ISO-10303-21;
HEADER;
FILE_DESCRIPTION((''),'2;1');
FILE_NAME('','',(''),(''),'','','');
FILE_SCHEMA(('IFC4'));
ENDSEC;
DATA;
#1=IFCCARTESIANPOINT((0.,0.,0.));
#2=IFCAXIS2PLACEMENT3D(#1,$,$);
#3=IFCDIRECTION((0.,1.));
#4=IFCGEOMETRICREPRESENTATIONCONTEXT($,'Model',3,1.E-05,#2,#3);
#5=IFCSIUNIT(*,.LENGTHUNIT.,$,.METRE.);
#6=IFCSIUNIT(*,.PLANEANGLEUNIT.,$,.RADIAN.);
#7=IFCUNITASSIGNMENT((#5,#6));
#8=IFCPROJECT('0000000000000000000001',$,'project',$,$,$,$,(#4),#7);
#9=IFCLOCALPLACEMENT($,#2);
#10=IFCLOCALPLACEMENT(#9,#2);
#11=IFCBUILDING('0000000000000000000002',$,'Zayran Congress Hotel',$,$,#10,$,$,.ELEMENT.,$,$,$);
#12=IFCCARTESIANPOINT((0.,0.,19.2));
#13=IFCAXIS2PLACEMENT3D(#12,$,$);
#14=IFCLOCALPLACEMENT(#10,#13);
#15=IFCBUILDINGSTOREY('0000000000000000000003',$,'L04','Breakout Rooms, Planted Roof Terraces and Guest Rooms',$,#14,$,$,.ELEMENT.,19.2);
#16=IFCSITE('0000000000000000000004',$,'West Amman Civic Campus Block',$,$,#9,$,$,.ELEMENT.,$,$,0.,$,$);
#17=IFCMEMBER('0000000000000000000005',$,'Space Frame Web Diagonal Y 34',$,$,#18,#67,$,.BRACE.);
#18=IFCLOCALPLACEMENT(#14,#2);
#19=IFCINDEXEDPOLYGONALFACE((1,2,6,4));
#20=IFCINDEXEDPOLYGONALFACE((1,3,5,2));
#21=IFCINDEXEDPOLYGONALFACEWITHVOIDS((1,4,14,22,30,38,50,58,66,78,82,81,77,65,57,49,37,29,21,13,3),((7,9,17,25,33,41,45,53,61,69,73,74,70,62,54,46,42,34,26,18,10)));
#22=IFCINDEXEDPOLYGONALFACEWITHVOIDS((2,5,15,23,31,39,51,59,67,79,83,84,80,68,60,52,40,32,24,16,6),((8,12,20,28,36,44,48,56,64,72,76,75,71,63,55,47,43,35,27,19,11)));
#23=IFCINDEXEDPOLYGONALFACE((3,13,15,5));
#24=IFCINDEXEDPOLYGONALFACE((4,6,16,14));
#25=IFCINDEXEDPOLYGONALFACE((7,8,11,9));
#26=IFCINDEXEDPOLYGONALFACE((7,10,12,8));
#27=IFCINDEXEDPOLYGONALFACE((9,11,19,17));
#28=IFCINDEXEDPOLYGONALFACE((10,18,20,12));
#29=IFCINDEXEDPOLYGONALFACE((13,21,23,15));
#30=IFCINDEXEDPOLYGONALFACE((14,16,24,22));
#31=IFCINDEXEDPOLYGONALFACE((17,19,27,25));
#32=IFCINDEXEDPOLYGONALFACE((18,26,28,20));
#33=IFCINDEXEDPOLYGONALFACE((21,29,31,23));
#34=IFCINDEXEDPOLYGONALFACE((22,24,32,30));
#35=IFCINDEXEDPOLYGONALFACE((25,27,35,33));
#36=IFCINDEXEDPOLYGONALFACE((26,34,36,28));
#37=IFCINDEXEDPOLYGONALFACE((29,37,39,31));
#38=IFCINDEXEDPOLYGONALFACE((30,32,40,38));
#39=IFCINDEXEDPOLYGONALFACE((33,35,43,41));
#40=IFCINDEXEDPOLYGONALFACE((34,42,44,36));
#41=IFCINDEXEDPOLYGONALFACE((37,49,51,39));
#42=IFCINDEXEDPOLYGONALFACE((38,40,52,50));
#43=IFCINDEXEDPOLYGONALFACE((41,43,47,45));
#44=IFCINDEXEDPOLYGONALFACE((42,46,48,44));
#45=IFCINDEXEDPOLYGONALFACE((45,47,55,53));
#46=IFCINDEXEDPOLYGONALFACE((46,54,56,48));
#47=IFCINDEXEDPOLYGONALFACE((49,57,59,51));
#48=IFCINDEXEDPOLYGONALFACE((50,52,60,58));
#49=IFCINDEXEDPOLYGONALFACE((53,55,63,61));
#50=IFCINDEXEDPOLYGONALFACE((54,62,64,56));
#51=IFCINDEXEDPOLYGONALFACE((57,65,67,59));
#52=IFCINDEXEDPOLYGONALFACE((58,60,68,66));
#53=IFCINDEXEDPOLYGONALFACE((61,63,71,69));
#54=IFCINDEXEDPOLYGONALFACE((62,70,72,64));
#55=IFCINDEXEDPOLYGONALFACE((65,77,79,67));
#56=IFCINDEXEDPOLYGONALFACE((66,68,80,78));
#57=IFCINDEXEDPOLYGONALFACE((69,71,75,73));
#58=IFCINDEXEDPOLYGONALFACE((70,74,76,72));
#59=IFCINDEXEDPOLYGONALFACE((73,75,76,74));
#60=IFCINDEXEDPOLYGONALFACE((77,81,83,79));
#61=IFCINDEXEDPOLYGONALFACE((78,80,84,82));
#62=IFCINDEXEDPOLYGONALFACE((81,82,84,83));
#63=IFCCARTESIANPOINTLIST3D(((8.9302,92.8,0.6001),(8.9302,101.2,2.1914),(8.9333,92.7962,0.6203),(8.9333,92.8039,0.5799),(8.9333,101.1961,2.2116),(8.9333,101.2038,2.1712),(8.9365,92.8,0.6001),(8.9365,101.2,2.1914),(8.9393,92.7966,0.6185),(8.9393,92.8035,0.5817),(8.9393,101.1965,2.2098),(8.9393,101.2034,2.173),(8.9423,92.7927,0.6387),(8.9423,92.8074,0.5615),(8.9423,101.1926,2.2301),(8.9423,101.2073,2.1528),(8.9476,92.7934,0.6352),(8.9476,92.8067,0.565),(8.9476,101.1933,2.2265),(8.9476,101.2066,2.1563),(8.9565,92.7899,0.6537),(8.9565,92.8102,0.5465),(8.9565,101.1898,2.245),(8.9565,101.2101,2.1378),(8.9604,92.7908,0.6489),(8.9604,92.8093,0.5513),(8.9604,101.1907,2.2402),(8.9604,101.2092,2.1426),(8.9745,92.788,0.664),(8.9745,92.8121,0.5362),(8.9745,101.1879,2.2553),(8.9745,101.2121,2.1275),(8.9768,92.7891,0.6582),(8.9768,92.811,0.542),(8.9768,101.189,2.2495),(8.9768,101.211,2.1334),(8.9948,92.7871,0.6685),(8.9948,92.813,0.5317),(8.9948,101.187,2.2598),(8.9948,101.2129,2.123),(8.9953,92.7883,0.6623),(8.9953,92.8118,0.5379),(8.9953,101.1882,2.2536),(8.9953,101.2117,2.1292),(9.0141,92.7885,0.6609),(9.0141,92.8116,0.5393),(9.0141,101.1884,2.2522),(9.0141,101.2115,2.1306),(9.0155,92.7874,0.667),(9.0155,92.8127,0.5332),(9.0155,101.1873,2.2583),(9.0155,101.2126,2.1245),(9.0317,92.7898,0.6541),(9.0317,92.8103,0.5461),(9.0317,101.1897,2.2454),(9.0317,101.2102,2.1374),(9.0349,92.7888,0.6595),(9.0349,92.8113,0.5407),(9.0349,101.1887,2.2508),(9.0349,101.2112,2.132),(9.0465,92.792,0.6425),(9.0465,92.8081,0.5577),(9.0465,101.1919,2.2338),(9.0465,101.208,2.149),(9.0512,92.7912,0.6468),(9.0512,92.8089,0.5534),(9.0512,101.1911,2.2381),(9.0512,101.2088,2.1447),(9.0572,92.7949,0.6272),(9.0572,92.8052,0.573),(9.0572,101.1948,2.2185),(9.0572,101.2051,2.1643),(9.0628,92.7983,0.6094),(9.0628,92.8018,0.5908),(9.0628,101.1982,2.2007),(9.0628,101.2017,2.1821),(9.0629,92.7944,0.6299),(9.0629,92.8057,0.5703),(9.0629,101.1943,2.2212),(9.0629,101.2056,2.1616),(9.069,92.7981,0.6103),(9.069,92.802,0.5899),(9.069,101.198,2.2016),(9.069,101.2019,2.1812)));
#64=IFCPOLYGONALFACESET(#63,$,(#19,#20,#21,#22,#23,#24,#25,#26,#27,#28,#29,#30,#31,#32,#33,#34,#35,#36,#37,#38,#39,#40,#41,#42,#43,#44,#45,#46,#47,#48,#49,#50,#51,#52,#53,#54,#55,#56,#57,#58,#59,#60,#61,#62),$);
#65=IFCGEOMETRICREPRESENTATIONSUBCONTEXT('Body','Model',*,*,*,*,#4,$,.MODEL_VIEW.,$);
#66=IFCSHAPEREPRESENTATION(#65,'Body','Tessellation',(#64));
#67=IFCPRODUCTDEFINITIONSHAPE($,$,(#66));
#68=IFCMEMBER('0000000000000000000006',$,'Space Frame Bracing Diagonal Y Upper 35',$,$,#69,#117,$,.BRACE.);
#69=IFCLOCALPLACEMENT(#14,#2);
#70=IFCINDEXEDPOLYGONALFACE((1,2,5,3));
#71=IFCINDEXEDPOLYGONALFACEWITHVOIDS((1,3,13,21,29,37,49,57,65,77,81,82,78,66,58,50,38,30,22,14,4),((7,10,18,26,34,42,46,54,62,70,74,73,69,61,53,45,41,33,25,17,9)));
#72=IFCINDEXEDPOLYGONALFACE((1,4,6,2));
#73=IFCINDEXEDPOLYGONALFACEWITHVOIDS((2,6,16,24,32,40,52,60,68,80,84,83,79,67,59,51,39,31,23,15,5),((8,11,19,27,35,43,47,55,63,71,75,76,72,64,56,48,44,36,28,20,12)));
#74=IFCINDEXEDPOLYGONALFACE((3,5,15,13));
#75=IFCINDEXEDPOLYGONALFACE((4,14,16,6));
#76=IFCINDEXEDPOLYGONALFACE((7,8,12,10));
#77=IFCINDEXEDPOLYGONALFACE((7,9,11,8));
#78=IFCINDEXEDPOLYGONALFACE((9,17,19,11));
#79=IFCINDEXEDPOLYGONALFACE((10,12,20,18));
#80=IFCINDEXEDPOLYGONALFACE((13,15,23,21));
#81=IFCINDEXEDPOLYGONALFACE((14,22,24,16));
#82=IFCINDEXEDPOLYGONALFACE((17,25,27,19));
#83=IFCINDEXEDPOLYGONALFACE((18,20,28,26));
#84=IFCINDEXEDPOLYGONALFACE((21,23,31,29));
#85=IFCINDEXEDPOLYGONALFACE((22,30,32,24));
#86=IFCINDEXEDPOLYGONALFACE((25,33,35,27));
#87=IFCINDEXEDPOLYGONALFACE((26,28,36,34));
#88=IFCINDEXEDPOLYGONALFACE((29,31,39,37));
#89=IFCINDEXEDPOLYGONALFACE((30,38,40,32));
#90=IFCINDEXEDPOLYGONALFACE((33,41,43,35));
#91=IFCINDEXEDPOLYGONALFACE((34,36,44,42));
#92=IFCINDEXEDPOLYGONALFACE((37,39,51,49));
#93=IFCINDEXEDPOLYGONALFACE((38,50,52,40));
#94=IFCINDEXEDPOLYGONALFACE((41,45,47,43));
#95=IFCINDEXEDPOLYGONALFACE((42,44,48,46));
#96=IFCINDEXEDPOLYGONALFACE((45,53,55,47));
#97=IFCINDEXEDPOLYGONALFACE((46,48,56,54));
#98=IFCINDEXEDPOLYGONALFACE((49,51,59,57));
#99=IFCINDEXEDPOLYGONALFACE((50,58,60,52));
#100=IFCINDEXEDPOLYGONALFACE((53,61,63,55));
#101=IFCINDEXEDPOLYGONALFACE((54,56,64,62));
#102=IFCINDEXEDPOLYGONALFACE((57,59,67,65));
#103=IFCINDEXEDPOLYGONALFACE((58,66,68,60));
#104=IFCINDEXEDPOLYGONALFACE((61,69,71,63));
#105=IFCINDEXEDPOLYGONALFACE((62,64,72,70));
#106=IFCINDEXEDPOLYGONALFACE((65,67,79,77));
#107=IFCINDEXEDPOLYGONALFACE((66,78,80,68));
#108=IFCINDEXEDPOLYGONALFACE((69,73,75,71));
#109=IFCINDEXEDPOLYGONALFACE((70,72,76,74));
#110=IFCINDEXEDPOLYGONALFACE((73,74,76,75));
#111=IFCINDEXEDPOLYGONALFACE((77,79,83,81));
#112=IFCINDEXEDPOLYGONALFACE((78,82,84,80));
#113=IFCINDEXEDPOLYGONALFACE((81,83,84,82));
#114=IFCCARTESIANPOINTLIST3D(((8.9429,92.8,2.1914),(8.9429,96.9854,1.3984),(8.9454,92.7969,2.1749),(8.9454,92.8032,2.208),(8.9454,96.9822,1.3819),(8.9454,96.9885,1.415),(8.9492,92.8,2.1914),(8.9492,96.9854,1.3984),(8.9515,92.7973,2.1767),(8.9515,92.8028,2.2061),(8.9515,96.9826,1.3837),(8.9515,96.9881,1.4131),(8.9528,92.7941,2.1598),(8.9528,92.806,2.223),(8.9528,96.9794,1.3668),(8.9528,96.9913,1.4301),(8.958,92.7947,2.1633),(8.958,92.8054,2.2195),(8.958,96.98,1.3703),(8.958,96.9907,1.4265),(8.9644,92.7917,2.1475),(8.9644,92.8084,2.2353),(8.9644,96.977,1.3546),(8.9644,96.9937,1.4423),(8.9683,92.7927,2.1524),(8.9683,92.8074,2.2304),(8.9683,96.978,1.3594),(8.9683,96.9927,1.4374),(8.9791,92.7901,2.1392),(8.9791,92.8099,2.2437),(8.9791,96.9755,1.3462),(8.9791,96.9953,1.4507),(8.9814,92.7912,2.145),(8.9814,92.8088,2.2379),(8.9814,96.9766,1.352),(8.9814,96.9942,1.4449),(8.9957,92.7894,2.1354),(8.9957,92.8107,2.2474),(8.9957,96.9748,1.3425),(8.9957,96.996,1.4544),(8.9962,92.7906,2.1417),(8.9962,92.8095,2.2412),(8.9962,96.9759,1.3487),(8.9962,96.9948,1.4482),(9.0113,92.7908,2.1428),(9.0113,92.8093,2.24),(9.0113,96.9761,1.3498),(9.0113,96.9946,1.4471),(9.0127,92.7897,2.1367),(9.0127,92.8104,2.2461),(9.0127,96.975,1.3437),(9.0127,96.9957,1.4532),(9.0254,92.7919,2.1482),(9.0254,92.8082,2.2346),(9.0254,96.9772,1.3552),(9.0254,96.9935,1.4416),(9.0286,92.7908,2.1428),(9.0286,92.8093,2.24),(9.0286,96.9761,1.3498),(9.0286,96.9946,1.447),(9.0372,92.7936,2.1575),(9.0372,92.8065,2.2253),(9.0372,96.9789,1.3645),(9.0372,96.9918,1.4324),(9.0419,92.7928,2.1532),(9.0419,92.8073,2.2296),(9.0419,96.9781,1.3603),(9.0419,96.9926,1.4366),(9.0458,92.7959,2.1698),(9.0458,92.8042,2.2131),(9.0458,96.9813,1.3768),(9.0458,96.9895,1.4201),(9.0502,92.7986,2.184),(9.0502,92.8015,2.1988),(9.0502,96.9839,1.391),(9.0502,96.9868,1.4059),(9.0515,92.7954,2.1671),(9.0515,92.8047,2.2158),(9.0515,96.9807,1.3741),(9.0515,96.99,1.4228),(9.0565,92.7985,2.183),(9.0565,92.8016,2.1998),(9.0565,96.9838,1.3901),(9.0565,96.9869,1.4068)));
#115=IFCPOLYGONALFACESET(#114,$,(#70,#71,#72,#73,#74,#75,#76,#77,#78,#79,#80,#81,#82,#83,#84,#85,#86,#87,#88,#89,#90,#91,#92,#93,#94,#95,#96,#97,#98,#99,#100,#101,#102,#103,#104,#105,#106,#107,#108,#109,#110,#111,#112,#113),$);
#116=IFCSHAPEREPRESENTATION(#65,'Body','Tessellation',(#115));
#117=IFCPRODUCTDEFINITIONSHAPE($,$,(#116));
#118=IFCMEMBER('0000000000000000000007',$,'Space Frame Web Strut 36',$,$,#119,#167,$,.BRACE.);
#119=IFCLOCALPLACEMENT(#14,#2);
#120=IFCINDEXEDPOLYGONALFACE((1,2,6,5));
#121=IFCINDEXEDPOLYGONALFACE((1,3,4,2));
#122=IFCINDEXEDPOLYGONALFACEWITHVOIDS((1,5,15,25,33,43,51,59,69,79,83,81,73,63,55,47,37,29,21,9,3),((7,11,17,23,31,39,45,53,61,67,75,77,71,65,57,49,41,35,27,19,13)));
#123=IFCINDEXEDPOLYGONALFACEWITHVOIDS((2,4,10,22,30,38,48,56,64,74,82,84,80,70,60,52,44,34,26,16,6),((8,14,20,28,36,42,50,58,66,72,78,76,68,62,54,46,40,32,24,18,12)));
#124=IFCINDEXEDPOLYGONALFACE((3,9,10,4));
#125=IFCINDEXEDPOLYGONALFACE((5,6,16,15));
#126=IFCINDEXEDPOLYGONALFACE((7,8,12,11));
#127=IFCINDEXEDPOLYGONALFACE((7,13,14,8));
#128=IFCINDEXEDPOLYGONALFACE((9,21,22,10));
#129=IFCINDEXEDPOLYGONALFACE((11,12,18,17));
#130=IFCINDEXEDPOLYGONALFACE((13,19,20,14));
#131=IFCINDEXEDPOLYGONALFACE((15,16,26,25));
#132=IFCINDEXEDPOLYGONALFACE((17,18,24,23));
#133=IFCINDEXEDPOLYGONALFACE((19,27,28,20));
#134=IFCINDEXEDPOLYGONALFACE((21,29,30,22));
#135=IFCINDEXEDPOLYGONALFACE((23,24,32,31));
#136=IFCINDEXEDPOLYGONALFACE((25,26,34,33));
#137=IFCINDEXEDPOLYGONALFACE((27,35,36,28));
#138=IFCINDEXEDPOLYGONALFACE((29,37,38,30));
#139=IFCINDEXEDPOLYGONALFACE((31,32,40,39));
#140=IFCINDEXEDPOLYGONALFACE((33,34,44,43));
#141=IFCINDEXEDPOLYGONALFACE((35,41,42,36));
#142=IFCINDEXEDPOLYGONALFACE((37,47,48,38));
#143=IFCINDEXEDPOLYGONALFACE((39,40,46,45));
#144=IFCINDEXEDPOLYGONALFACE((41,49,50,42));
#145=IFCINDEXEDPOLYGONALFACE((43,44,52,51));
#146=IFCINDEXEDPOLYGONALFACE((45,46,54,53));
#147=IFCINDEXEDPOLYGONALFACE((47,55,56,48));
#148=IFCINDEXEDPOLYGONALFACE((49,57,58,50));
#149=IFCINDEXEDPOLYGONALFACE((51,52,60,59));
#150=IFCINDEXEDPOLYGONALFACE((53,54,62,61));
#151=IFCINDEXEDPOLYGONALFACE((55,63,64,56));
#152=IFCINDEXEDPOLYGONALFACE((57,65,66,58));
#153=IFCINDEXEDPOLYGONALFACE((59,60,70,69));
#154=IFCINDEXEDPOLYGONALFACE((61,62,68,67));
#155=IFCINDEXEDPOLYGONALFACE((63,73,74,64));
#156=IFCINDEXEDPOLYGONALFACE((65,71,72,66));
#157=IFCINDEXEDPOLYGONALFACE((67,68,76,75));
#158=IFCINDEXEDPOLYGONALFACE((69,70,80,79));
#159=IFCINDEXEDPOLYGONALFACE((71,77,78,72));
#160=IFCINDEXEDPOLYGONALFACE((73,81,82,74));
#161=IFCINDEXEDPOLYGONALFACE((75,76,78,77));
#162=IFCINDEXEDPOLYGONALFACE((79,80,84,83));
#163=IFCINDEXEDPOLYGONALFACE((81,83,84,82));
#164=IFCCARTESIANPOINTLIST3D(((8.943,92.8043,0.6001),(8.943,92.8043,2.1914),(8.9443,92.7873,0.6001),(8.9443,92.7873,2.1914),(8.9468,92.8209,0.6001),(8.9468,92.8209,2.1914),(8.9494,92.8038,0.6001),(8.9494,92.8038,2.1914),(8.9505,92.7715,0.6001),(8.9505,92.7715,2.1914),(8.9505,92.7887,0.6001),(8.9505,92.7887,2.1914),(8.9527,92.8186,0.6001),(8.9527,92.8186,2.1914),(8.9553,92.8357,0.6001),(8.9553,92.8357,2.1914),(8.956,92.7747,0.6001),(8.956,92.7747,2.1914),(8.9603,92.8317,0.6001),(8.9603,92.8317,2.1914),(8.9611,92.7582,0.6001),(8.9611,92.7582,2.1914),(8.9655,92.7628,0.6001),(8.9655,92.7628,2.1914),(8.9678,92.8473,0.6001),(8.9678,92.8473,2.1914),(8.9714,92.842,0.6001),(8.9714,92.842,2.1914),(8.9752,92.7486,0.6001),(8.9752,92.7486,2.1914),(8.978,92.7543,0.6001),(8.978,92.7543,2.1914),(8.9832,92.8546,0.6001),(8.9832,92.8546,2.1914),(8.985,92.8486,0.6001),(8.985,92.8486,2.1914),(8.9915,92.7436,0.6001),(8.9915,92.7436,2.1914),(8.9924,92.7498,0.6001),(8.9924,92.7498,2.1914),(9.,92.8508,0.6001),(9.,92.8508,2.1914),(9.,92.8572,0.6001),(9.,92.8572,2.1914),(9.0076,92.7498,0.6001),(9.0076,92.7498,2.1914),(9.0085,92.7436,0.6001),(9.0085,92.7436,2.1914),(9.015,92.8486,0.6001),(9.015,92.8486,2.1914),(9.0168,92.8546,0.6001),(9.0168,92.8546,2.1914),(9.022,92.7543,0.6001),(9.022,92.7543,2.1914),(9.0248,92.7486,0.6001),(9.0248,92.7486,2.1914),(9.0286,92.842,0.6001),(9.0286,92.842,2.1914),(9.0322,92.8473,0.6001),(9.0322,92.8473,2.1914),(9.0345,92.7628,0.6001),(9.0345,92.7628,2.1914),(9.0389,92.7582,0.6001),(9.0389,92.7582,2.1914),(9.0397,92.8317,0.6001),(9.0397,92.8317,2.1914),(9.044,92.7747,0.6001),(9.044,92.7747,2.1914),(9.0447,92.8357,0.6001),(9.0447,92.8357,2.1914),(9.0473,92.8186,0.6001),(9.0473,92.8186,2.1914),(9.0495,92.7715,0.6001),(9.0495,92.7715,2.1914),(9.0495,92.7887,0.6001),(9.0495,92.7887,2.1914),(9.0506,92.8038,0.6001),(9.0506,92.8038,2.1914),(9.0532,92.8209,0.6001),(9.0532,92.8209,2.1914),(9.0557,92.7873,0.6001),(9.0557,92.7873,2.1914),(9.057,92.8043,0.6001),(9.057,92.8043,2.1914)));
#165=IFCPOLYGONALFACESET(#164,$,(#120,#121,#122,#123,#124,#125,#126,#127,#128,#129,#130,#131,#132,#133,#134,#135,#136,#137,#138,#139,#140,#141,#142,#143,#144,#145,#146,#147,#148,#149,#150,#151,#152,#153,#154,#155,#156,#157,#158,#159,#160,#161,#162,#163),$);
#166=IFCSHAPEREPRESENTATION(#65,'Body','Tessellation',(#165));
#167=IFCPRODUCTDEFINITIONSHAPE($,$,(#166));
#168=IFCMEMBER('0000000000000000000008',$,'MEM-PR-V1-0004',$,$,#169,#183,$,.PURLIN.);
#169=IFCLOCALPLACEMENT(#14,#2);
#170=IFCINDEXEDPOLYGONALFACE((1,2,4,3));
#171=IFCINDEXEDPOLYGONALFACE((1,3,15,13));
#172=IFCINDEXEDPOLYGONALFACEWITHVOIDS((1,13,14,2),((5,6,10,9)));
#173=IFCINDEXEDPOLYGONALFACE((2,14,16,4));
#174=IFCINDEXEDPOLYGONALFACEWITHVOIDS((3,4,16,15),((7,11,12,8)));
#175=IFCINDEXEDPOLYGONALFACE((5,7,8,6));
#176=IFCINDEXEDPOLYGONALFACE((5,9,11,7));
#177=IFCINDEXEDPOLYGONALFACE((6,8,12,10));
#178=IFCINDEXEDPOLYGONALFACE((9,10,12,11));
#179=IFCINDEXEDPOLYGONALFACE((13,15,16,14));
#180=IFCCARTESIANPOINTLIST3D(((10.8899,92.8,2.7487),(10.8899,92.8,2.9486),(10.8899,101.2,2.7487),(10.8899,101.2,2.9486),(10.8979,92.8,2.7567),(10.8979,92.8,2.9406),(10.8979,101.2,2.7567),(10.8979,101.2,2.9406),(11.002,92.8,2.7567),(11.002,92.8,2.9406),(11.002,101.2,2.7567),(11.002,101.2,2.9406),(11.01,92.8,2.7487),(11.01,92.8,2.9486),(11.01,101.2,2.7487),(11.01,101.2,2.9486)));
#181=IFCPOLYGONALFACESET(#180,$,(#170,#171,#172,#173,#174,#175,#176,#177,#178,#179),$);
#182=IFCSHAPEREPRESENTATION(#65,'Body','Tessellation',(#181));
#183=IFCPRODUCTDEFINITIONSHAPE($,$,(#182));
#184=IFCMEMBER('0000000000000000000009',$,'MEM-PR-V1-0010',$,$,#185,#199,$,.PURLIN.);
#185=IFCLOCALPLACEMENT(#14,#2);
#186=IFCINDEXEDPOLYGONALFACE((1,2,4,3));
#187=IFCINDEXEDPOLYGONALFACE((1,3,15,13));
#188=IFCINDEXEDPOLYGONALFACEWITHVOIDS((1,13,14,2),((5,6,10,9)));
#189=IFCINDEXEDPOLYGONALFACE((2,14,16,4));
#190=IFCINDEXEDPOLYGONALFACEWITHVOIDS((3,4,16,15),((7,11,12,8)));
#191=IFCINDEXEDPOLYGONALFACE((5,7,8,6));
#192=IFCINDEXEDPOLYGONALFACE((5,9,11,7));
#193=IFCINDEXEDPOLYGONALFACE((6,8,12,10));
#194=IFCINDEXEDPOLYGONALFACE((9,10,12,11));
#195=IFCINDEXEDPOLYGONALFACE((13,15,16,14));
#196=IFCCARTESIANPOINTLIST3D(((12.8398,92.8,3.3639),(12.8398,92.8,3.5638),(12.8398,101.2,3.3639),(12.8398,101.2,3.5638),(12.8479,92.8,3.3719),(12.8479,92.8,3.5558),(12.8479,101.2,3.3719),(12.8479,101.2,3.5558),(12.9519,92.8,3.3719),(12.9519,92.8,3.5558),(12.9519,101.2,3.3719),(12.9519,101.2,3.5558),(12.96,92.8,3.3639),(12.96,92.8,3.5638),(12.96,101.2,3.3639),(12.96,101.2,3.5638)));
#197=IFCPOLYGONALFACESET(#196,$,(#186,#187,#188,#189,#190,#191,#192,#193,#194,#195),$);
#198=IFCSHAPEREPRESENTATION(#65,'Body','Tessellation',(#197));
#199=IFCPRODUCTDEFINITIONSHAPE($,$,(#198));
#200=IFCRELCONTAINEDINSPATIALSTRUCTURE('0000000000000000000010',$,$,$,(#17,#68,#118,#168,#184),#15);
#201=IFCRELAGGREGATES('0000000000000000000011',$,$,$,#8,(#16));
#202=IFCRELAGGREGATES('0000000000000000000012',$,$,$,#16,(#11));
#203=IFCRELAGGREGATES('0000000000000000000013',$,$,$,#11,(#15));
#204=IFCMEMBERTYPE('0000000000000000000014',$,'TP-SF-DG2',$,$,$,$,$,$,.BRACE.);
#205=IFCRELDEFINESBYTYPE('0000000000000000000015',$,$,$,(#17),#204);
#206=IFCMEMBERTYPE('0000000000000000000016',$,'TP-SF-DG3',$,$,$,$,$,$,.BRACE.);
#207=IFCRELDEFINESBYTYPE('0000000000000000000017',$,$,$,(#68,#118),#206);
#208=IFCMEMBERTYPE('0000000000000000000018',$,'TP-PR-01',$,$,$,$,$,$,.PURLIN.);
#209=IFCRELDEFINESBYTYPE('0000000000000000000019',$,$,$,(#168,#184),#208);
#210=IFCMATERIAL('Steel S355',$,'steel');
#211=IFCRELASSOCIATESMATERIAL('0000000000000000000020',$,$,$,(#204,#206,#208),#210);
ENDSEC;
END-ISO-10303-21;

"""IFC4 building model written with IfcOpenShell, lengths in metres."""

from ifc_helpers import new_model, si_unit, direction, frame, origin, origin_2d, place, context, subcontext, project, spatial, hollow_rectangle, hollow_circle, extrude, material, material_profile, profile_set, type_object, element, save


model = new_model("IFC4")

# Units and contexts
model_context = context("Model", 3, precision=1e-05, world=origin(), true_north=direction((0.0, 1.0)))
body_context = subcontext(model_context, "Body", "Model", "MODEL_VIEW")
ifc_project = project(units=[si_unit("LENGTHUNIT", "METRE"), si_unit("PLANEANGLEUNIT", "RADIAN")], contexts=[model_context])

# Site, building, storey
site_placement = place(None, origin())
site = spatial("IfcSite", under=ifc_project, at=site_placement, Name="West Amman Civic Campus Block", CompositionType="ELEMENT", RefElevation=0.0)
building_placement = place(site_placement, origin())
building = spatial("IfcBuilding", under=site, at=building_placement, Name="Zayran Congress Hotel", CompositionType="ELEMENT")
storey_placement = place(building_placement, frame((0.0, 0.0, 19.2)))
storey = spatial("IfcBuildingStorey", under=building, at=storey_placement, Name="L04", Description="Breakout Rooms, Planted Roof Terraces and Guest Rooms", CompositionType="ELEMENT", Elevation=19.2)

# Members
ifc_material_1 = material(Name="Steel S355", Category="steel")
ifc_material_profile_1 = material_profile(ifc_material_1, hollow_circle(Radius=0.0698, WallThickness=0.0063, at=origin_2d()), Name="CHS 139.7x6.3")
ifc_profile_set_1 = profile_set([ifc_material_profile_1], Name="Steel S355")
member_type_1 = type_object("IfcMemberType", Name="TP-SF-DG2", PredefinedType="BRACE", material=ifc_profile_set_1)
member_1_placement = place(storey_placement, frame((9.0, 92.8, 0.6001), z_axis=(0.0, 0.982525, 0.186133), x_axis=(-1.0, 0.0, 0.0)))
element("IfcMember", 1, at=member_1_placement, inside=storey, type_object=member_type_1, Name="Space Frame Web Diagonal Y 34", PredefinedType="BRACE", context=body_context, shape_type="SweptSolid", body=[
    extrude(hollow_circle(Radius=0.0698, WallThickness=0.0063, at=origin_2d()), origin(), (0.0, 0.0, 1.0), 8.5493),
])
ifc_material_profile_2 = material_profile(ifc_material_1, hollow_circle(Radius=0.0571, WallThickness=0.0063, at=origin_2d()), Name="CHS 114.3x6.3")
ifc_profile_set_2 = profile_set([ifc_material_profile_2], Name="Steel S355")
member_type_2 = type_object("IfcMemberType", Name="TP-SF-DG3", PredefinedType="BRACE", material=ifc_profile_set_2)
member_2_placement = place(storey_placement, frame((9.0, 92.8, 2.1914), z_axis=(0.0, 0.982521, -0.186153), x_axis=(-1.0, 0.0, 0.0)))
element("IfcMember", 2, at=member_2_placement, inside=storey, type_object=member_type_2, Name="Space Frame Bracing Diagonal Y Upper 35", PredefinedType="BRACE", context=body_context, shape_type="SweptSolid", body=[
    extrude(hollow_circle(Radius=0.0571, WallThickness=0.0063, at=origin_2d()), origin(), (0.0, 0.0, 1.0), 4.2598),
])
member_3_placement = place(storey_placement, frame((9.0, 92.8, 0.6001), z_axis=(0.0, 0.0, 1.0), x_axis=(0.0, 1.0, 0.0)))
element("IfcMember", 3, at=member_3_placement, inside=storey, type_object=member_type_2, Name="Space Frame Web Strut 36", PredefinedType="BRACE", context=body_context, shape_type="SweptSolid", body=[
    extrude(hollow_circle(Radius=0.0571, WallThickness=0.0063, at=origin_2d()), origin(), (0.0, 0.0, 1.0), 1.5913),
])
ifc_material_profile_3 = material_profile(ifc_material_1, hollow_rectangle(XDim=0.1201, YDim=0.2, WallThickness=0.0081, at=origin_2d()), Name="RHS 200x120x8")
ifc_profile_set_3 = profile_set([ifc_material_profile_3], Name="Steel S355")
member_type_3 = type_object("IfcMemberType", Name="TP-PR-01", PredefinedType="PURLIN", material=ifc_profile_set_3)
for number, where, z_axis, x_axis, name in (
    (4, (10.95, 92.8, 2.8486), (0.0, 1.0, 0.0), (-1.0, 0.0, 0.0), "MEM-PR-V1-0004"),
    (5, (12.8999, 92.8, 3.4639), (0.0, 1.0, 0.0), (-1.0, 0.0, 0.0), "MEM-PR-V1-0010"),
):
    element("IfcMember", number, at=place(storey_placement, frame(where, z_axis=z_axis, x_axis=x_axis)), inside=storey, type_object=member_type_3, Name=name, PredefinedType="PURLIN", context=body_context, shape_type="SweptSolid", body=[
        extrude(hollow_rectangle(XDim=0.1201, YDim=0.2, WallThickness=0.0081, at=origin_2d()), origin(), (0.0, 0.0, 1.0), 8.3999),
    ])

save(model, "model.ifc")
